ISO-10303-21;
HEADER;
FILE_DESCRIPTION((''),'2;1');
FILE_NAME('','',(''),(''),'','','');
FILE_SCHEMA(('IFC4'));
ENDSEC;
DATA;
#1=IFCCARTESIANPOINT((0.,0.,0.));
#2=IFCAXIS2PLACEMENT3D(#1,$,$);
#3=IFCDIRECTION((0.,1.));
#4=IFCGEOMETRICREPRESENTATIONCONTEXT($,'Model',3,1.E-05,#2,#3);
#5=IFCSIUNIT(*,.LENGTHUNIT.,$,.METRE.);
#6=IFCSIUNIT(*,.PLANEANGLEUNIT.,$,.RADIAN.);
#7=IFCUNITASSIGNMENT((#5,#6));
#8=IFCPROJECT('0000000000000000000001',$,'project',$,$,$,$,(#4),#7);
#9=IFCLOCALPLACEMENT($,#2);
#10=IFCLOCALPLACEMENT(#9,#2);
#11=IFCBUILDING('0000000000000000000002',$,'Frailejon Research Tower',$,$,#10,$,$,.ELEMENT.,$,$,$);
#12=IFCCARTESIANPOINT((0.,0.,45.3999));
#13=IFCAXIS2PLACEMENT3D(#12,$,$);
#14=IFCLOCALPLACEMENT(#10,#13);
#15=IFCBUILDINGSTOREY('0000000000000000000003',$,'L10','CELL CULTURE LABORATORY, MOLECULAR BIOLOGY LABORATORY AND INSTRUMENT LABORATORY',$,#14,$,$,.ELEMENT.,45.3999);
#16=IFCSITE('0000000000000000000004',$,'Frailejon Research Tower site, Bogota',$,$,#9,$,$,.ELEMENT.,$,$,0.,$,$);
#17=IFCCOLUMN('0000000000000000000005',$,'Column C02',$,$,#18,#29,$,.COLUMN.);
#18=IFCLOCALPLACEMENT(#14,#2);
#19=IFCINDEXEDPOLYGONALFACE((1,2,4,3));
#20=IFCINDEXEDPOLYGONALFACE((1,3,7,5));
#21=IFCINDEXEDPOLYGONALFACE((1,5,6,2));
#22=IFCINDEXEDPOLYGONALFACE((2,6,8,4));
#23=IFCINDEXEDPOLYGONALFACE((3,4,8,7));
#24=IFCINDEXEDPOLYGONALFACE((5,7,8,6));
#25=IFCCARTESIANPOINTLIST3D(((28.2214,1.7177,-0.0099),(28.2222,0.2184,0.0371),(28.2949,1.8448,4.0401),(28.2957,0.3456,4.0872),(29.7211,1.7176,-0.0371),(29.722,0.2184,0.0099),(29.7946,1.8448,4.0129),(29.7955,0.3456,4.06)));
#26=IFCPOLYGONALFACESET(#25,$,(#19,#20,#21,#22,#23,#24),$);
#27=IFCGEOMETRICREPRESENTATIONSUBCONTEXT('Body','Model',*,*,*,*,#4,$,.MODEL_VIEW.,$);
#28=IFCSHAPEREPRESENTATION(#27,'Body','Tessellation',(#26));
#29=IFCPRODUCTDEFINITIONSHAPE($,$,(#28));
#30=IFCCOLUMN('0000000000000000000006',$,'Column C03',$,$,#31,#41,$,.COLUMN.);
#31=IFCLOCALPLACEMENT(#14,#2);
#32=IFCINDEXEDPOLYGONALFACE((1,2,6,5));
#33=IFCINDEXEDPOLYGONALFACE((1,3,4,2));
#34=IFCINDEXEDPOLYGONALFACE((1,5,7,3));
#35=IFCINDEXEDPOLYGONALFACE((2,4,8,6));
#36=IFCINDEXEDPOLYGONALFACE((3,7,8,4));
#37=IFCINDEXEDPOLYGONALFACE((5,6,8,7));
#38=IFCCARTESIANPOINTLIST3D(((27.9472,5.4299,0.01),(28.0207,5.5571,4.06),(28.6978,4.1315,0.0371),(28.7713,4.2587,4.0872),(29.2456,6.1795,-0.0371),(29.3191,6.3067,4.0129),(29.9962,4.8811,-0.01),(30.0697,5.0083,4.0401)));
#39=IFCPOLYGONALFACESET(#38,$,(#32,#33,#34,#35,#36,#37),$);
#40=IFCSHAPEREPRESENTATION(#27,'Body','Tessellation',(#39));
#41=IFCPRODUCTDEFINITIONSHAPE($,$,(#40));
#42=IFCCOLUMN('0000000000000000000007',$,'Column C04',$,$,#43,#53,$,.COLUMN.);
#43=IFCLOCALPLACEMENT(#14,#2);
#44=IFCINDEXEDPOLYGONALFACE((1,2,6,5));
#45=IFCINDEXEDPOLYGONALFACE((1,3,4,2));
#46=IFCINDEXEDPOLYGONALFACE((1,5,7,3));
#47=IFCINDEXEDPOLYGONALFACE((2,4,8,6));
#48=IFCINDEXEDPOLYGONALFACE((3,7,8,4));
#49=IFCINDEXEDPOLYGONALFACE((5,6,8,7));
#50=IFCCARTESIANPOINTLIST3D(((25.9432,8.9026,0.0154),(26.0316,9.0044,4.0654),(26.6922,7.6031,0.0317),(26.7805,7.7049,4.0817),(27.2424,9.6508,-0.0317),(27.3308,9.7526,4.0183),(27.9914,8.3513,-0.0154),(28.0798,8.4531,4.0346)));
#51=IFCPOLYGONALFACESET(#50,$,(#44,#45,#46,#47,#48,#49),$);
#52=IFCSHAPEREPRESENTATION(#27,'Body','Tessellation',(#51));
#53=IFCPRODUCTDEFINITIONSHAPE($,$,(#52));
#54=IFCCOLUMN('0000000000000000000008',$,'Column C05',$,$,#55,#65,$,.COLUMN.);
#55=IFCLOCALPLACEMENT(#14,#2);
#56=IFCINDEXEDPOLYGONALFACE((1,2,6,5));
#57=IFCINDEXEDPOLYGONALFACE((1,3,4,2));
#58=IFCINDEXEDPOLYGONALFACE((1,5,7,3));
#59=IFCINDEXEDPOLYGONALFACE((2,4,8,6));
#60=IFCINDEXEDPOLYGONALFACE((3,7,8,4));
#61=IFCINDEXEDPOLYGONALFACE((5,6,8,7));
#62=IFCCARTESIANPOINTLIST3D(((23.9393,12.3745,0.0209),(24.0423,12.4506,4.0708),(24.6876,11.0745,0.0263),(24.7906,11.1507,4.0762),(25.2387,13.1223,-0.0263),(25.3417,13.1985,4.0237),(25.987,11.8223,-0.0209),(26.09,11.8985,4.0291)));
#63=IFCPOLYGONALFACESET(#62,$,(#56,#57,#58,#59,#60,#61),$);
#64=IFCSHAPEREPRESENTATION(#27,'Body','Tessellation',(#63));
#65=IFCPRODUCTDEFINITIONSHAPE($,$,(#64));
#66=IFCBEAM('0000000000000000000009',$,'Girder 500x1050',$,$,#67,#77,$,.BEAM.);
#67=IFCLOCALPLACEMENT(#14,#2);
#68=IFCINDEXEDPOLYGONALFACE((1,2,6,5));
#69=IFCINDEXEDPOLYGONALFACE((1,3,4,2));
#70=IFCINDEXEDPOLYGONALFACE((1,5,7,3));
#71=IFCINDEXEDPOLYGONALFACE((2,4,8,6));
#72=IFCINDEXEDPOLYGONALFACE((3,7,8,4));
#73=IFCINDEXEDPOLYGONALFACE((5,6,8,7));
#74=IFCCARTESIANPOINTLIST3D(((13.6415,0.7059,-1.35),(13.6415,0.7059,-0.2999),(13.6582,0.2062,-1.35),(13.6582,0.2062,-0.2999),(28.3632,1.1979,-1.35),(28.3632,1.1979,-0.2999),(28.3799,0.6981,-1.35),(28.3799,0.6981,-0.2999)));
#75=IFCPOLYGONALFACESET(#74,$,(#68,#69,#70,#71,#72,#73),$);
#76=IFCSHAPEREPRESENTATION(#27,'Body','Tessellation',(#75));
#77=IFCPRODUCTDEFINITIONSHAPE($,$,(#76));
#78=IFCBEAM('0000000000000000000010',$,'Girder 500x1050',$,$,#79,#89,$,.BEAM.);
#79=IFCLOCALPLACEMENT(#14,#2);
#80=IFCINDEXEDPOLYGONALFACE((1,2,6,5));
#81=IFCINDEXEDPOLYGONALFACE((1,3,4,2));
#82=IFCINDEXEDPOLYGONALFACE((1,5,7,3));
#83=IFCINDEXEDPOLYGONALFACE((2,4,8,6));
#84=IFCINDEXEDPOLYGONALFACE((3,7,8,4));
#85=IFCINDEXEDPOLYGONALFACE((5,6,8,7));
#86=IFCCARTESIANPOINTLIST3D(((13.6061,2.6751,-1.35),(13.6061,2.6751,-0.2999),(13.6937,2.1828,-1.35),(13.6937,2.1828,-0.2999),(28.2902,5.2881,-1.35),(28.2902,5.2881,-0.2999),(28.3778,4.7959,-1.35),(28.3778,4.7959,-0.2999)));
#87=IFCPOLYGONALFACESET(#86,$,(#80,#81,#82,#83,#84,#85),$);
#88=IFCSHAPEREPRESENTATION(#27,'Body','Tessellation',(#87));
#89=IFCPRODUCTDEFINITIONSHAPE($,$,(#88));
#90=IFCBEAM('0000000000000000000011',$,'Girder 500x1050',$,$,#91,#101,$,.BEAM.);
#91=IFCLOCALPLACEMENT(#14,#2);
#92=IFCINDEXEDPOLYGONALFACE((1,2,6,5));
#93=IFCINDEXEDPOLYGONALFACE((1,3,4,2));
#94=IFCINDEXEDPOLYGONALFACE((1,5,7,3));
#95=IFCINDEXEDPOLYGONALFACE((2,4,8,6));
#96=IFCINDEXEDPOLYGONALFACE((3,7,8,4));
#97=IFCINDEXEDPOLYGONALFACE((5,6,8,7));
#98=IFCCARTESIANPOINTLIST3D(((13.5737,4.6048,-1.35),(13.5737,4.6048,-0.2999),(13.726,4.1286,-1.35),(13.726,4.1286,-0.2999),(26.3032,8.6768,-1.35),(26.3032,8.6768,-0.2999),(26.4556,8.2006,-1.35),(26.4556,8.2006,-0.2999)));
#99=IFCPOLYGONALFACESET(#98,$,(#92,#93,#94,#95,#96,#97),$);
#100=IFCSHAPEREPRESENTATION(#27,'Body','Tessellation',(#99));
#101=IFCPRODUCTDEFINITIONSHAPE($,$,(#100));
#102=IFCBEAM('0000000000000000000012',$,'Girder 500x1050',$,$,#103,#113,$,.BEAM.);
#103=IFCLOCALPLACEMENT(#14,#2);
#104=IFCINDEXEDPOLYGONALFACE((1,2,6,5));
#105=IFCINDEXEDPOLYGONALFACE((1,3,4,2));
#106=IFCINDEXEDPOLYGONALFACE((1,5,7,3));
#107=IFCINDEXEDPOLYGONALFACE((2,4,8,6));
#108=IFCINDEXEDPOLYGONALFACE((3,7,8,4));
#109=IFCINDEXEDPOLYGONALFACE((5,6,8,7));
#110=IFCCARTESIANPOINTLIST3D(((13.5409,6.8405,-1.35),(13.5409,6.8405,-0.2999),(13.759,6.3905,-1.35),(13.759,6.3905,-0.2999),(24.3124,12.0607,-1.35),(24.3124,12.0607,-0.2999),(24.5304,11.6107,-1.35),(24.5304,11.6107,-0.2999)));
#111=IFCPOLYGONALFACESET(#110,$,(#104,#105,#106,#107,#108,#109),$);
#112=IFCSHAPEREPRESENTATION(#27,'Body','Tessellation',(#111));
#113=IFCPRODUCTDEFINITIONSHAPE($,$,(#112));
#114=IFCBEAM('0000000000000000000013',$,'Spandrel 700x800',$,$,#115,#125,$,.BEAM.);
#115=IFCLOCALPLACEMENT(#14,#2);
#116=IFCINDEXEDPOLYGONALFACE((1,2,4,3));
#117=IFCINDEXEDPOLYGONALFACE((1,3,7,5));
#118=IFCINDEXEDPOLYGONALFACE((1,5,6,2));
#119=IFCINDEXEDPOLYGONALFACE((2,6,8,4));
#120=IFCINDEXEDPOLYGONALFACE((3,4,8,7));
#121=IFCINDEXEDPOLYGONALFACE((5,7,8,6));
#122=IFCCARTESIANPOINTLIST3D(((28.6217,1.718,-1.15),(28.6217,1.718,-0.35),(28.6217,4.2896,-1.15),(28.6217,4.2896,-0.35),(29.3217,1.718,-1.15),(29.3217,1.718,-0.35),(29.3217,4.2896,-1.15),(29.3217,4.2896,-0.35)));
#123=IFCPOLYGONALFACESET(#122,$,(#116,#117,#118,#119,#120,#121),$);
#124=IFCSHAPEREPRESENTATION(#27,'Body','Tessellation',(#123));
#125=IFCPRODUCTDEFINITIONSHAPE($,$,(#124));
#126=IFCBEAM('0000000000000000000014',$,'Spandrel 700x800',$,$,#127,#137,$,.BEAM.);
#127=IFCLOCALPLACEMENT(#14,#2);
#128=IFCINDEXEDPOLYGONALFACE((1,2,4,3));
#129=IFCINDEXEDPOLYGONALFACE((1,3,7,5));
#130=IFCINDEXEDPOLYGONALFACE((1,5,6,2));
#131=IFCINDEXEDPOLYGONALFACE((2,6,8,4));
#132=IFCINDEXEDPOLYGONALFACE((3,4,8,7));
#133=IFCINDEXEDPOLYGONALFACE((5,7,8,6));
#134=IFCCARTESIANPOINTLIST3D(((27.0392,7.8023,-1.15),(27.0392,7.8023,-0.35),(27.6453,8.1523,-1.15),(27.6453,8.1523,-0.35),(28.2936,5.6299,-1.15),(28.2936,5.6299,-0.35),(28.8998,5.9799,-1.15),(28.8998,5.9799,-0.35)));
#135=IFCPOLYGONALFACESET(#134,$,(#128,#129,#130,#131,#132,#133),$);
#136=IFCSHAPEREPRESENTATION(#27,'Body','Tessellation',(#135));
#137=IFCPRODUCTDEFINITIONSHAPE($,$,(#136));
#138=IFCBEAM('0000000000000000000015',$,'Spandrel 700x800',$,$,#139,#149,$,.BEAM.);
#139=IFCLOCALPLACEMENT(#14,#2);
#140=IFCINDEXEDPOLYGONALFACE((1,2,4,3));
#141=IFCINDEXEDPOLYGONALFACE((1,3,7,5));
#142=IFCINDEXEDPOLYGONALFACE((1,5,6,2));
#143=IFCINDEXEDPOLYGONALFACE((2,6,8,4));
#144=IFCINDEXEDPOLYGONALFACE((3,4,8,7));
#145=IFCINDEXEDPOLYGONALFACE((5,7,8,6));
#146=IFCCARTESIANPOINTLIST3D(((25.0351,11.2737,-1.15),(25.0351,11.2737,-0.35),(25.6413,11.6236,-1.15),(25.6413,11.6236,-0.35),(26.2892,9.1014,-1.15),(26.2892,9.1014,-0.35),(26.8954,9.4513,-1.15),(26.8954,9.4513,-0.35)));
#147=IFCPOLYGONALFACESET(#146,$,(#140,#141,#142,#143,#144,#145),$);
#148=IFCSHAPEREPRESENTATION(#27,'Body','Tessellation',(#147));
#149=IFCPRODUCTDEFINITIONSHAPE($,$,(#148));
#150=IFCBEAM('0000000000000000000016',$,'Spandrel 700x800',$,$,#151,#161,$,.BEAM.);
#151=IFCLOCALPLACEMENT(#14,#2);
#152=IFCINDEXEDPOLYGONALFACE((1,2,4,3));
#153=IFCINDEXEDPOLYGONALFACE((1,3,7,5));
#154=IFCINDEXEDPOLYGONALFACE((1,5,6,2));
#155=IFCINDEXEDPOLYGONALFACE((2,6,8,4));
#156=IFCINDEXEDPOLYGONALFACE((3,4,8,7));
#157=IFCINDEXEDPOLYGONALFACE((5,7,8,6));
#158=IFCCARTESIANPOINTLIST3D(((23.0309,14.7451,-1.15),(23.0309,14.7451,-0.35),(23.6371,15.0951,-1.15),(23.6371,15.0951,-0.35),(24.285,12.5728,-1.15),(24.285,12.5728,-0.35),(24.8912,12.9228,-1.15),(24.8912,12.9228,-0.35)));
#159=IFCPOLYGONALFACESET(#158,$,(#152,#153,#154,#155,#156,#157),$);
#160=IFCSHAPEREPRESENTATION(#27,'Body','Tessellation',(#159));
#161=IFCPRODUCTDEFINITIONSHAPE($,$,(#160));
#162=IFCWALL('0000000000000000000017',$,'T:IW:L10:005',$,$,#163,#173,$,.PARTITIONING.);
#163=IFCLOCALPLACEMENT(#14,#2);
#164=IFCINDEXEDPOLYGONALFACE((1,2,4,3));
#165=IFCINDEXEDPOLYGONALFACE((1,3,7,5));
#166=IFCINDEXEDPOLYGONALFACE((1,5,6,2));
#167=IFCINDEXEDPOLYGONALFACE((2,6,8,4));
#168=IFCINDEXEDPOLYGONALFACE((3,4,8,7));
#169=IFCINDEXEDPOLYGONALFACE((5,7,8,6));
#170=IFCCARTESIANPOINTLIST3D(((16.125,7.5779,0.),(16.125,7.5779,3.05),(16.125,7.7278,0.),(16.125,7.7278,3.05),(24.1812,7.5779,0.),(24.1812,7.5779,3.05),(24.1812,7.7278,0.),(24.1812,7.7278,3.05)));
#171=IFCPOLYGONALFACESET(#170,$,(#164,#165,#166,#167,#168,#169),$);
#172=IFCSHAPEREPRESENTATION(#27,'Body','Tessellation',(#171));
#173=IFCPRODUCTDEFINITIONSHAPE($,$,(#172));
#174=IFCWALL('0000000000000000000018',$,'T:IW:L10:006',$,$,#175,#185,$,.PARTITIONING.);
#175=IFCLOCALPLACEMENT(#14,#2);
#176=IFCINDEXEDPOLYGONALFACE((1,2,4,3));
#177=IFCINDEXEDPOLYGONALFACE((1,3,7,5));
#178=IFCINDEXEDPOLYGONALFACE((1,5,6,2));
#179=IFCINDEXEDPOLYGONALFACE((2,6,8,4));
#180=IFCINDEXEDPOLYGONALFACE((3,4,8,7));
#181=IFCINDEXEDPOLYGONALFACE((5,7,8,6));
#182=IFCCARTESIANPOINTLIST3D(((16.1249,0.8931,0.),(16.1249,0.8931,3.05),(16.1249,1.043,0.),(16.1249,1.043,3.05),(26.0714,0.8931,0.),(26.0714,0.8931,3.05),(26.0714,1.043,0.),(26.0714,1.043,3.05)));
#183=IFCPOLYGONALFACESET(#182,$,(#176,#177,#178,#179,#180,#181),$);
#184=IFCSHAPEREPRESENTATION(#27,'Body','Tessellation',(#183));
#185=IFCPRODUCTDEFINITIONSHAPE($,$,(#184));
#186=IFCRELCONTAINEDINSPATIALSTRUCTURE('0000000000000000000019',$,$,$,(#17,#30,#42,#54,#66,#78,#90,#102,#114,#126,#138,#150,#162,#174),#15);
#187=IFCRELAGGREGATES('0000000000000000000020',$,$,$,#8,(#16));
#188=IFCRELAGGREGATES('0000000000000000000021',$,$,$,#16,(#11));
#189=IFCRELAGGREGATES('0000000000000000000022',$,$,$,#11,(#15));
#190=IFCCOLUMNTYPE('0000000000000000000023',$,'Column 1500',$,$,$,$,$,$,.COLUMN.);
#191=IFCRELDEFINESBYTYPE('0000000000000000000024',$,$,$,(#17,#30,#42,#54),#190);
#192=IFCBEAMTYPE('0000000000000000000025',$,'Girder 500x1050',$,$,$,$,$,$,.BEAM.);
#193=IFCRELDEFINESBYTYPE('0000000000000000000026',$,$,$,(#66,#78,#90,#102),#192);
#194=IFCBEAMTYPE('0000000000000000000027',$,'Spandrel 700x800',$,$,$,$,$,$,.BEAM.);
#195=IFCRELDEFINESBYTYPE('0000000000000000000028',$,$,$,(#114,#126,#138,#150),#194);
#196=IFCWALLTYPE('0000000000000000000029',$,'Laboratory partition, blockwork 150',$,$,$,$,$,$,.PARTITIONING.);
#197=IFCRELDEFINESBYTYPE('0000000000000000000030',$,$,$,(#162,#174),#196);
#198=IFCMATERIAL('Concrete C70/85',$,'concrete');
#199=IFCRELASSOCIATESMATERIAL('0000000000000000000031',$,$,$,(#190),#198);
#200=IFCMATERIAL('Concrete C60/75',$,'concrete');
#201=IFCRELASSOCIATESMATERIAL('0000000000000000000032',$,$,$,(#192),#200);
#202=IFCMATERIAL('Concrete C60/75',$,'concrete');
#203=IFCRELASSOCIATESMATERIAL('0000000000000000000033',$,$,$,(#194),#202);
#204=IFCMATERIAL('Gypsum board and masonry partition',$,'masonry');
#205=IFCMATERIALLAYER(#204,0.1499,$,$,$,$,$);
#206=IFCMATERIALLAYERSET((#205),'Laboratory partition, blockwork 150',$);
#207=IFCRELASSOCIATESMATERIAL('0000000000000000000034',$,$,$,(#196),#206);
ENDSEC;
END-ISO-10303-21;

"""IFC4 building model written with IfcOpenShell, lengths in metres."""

from ifc_helpers import new_model, si_unit, direction, frame, frame_2d, origin, origin_2d, place, context, subcontext, project, spatial, rectangle, extrude, material, layer, layer_set, material_profile, profile_set, type_object, element, save


model = new_model("IFC4")

# Units and contexts
model_context = context("Model", 3, precision=1e-05, world=origin(), true_north=direction((0.0, 1.0)))
body_context = subcontext(model_context, "Body", "Model", "MODEL_VIEW")
ifc_project = project(units=[si_unit("LENGTHUNIT", "METRE"), si_unit("PLANEANGLEUNIT", "RADIAN")], contexts=[model_context])

# Site, building, storey
site_placement = place(None, origin())
site = spatial("IfcSite", under=ifc_project, at=site_placement, Name="Frailejon Research Tower site, Bogota", CompositionType="ELEMENT", RefElevation=0.0)
building_placement = place(site_placement, origin())
building = spatial("IfcBuilding", under=site, at=building_placement, Name="Frailejon Research Tower", CompositionType="ELEMENT")
storey_placement = place(building_placement, frame((0.0, 0.0, 45.3999)))
storey = spatial("IfcBuildingStorey", under=building, at=storey_placement, Name="L10", Description="CELL CULTURE LABORATORY, MOLECULAR BIOLOGY LABORATORY AND INSTRUMENT LABORATORY", CompositionType="ELEMENT", Elevation=45.3999)

# Columns
ifc_material_1 = material(Name="Concrete C70/85", Category="concrete")
ifc_material_profile_1 = material_profile(ifc_material_1, rectangle(XDim=1.5, YDim=1.5, at=origin_2d()), Name="Column 1500")
ifc_profile_set_1 = profile_set([ifc_material_profile_1], Name="Concrete C70/85")
column_type = type_object("IfcColumnType", Name="Column 1500", PredefinedType="COLUMN", material=ifc_profile_set_1)
for number, where, z_axis, x_axis, name in (
    (1, (28.9717, 0.968, 0.0), (0.018133, 0.031386, 0.999343), (-0.000565, 0.999507, -0.031381), "Column C02"),
    (2, (28.9717, 5.1555, 0.0), (0.018133, 0.031386, 0.999343), (-0.500407, 0.865601, -0.018106), "Column C03"),
):
    element("IfcColumn", number, at=place(storey_placement, frame(where, z_axis=z_axis, x_axis=x_axis)), inside=storey, type_object=column_type, Name=name, PredefinedType="COLUMN", context=body_context, shape_type="SweptSolid", body=[
        extrude(rectangle(XDim=1.5, YDim=1.5, at=origin_2d()), origin(), (0.0, 0.0, 1.0), 4.0527),
    ])
column_1_placement = place(storey_placement, frame((26.9673, 8.627, 0.0), z_axis=(0.02181, 0.025123, 0.999446), x_axis=(-0.499317, 0.866351, -0.010882)))
element("IfcColumn", 3, at=column_1_placement, inside=storey, type_object=column_type, Name="Column C04", PredefinedType="COLUMN", context=body_context, shape_type="SweptSolid", body=[
    extrude(rectangle(XDim=1.5, YDim=1.5, at=origin_2d()), origin(), (0.0, 0.0, 1.0), 4.0522),
])
column_2_placement = place(storey_placement, frame((24.9631, 12.0984, 0.0), z_axis=(0.025426, 0.018798, 0.9995), x_axis=(-0.498883, 0.866662, -0.003609)))
element("IfcColumn", 4, at=column_2_placement, inside=storey, type_object=column_type, Name="Column C05", PredefinedType="COLUMN", context=body_context, shape_type="SweptSolid", body=[
    extrude(rectangle(XDim=1.5, YDim=1.5, at=origin_2d()), origin(), (0.0, 0.0, 1.0), 4.052),
])

# Beams
ifc_material_2 = material(Name="Concrete C60/75", Category="concrete")
ifc_material_profile_2 = material_profile(ifc_material_2, rectangle(XDim=0.5, YDim=1.05, at=origin_2d()), Name="Girder 500x1050")
ifc_profile_set_2 = profile_set([ifc_material_profile_2], Name="Concrete C60/75")
beam_type_1 = type_object("IfcBeamType", Name="Girder 500x1050", PredefinedType="BEAM", material=ifc_profile_set_2)
beam_1_placement = place(storey_placement, frame((28.3716, 0.948, -0.825), z_axis=(-0.999442, -0.033398, 0.0), x_axis=(0.033398, -0.999442, 0.0)))
element("IfcBeam", 5, at=beam_1_placement, inside=storey, type_object=beam_type_1, Name="Girder 500x1050", PredefinedType="BEAM", context=body_context, shape_type="SweptSolid", body=[
    extrude(rectangle(XDim=0.5, YDim=1.05, at=origin_2d()), origin(), (0.0, 0.0, 1.0), 14.73),
])
beam_2_placement = place(storey_placement, frame((28.334, 5.042, -0.825), z_axis=(-0.984533, -0.175198, 0.0), x_axis=(0.175198, -0.984533, 0.0)))
element("IfcBeam", 6, at=beam_2_placement, inside=storey, type_object=beam_type_1, Name="Girder 500x1050", PredefinedType="BEAM", context=body_context, shape_type="SweptSolid", body=[
    extrude(rectangle(XDim=0.5, YDim=1.05, at=origin_2d()), origin(), (0.0, 0.0, 1.0), 14.9148),
])
beam_3_placement = place(storey_placement, frame((26.3794, 8.4387, -0.825), z_axis=(-0.952455, -0.30468, 0.0), x_axis=(0.30468, -0.952455, 0.0)))
element("IfcBeam", 7, at=beam_3_placement, inside=storey, type_object=beam_type_1, Name="Girder 500x1050", PredefinedType="BEAM", context=body_context, shape_type="SweptSolid", body=[
    extrude(rectangle(XDim=0.5, YDim=1.05, at=origin_2d()), origin(), (0.0, 0.0, 1.0), 13.365),
])
beam_4_placement = place(storey_placement, frame((24.4214, 11.8357, -0.825), z_axis=(-0.89989, -0.436116, 0.0), x_axis=(0.436116, -0.89989, 0.0)))
element("IfcBeam", 8, at=beam_4_placement, inside=storey, type_object=beam_type_1, Name="Girder 500x1050", PredefinedType="BEAM", context=body_context, shape_type="SweptSolid", body=[
    extrude(rectangle(XDim=0.5, YDim=1.05, at=origin_2d()), origin(), (0.0, 0.0, 1.0), 11.9697),
])
ifc_material_3 = material(Name="Concrete C60/75", Category="concrete")
ifc_material_profile_3 = material_profile(ifc_material_3, rectangle(XDim=0.7, YDim=0.8, at=origin_2d()), Name="Spandrel 700x800")
ifc_profile_set_3 = profile_set([ifc_material_profile_3], Name="Concrete C60/75")
beam_type_2 = type_object("IfcBeamType", Name="Spandrel 700x800", PredefinedType="BEAM", material=ifc_profile_set_3)
beam_5_placement = place(storey_placement, frame((28.9717, 1.718, -0.75), z_axis=(0.0, 1.0, 0.0), x_axis=(-1.0, 0.0, 0.0)))
element("IfcBeam", 9, at=beam_5_placement, inside=storey, type_object=beam_type_2, Name="Spandrel 700x800", PredefinedType="BEAM", context=body_context, shape_type="SweptSolid", body=[
    extrude(rectangle(XDim=0.7, YDim=0.8, at=origin_2d()), origin(), (0.0, 0.0, 1.0), 2.5715),
])
beam_6_placement = place(storey_placement, frame((28.5967, 5.8049, -0.75), z_axis=(-0.500054, 0.865994, 0.0), x_axis=(-0.865994, -0.500054, 0.0)))
element("IfcBeam", 10, at=beam_6_placement, inside=storey, type_object=beam_type_2, Name="Spandrel 700x800", PredefinedType="BEAM", context=body_context, shape_type="SweptSolid", body=[
    extrude(rectangle(XDim=0.7, YDim=0.8, at=origin_2d()), origin(), (0.0, 0.0, 1.0), 2.5085),
])
for number, where, z_axis, x_axis, name in (
    (11, (26.5923, 9.2764, -0.75), (-0.499981, 0.866036, 0.0), (-0.866036, -0.499981, 0.0), "Spandrel 700x800"),
    (12, (24.5881, 12.7478, -0.75), (-0.499981, 0.866036, 0.0), (-0.866036, -0.499981, 0.0), "Spandrel 700x800"),
):
    element("IfcBeam", number, at=place(storey_placement, frame(where, z_axis=z_axis, x_axis=x_axis)), inside=storey, type_object=beam_type_2, Name=name, PredefinedType="BEAM", context=body_context, shape_type="SweptSolid", body=[
        extrude(rectangle(XDim=0.7, YDim=0.8, at=origin_2d()), origin(), (0.0, 0.0, 1.0), 2.5083),
    ])

# Walls
ifc_material_4 = material(Name="Gypsum board and masonry partition", Category="masonry")
ifc_layer_1 = layer(ifc_material_4, 0.1499)
ifc_layer_set_1 = layer_set([ifc_layer_1], Name="Laboratory partition, blockwork 150")
wall_type_1 = type_object("IfcWallType", Name="Laboratory partition, blockwork 150", PredefinedType="PARTITIONING", material=ifc_layer_set_1)
wall_1_placement = place(storey_placement, frame((16.125, 7.6528, 0.0), z_axis=(0.0, 0.0, 1.0), x_axis=(1.0, 0.0, 0.0)))
element("IfcWall", 13, at=wall_1_placement, inside=storey, type_object=wall_type_1, Name="T:IW:L10:005", PredefinedType="PARTITIONING", context=body_context, shape_type="SweptSolid", body=[
    extrude(rectangle(XDim=8.0562, YDim=0.1499, at=frame_2d((4.0281, 0.0))), origin(), (0.0, 0.0, 1.0), 3.05),
])
wall_2_placement = place(storey_placement, frame((16.125, 0.968, 0.0), z_axis=(0.0, 0.0, 1.0), x_axis=(1.0, 0.0, 0.0)))
element("IfcWall", 14, at=wall_2_placement, inside=storey, type_object=wall_type_1, Name="T:IW:L10:006", PredefinedType="PARTITIONING", context=body_context, shape_type="SweptSolid", body=[
    extrude(rectangle(XDim=9.9465, YDim=0.1499, at=frame_2d((4.9731, 0.0))), origin(), (0.0, 0.0, 1.0), 3.05),
])

save(model, "model.ifc")
